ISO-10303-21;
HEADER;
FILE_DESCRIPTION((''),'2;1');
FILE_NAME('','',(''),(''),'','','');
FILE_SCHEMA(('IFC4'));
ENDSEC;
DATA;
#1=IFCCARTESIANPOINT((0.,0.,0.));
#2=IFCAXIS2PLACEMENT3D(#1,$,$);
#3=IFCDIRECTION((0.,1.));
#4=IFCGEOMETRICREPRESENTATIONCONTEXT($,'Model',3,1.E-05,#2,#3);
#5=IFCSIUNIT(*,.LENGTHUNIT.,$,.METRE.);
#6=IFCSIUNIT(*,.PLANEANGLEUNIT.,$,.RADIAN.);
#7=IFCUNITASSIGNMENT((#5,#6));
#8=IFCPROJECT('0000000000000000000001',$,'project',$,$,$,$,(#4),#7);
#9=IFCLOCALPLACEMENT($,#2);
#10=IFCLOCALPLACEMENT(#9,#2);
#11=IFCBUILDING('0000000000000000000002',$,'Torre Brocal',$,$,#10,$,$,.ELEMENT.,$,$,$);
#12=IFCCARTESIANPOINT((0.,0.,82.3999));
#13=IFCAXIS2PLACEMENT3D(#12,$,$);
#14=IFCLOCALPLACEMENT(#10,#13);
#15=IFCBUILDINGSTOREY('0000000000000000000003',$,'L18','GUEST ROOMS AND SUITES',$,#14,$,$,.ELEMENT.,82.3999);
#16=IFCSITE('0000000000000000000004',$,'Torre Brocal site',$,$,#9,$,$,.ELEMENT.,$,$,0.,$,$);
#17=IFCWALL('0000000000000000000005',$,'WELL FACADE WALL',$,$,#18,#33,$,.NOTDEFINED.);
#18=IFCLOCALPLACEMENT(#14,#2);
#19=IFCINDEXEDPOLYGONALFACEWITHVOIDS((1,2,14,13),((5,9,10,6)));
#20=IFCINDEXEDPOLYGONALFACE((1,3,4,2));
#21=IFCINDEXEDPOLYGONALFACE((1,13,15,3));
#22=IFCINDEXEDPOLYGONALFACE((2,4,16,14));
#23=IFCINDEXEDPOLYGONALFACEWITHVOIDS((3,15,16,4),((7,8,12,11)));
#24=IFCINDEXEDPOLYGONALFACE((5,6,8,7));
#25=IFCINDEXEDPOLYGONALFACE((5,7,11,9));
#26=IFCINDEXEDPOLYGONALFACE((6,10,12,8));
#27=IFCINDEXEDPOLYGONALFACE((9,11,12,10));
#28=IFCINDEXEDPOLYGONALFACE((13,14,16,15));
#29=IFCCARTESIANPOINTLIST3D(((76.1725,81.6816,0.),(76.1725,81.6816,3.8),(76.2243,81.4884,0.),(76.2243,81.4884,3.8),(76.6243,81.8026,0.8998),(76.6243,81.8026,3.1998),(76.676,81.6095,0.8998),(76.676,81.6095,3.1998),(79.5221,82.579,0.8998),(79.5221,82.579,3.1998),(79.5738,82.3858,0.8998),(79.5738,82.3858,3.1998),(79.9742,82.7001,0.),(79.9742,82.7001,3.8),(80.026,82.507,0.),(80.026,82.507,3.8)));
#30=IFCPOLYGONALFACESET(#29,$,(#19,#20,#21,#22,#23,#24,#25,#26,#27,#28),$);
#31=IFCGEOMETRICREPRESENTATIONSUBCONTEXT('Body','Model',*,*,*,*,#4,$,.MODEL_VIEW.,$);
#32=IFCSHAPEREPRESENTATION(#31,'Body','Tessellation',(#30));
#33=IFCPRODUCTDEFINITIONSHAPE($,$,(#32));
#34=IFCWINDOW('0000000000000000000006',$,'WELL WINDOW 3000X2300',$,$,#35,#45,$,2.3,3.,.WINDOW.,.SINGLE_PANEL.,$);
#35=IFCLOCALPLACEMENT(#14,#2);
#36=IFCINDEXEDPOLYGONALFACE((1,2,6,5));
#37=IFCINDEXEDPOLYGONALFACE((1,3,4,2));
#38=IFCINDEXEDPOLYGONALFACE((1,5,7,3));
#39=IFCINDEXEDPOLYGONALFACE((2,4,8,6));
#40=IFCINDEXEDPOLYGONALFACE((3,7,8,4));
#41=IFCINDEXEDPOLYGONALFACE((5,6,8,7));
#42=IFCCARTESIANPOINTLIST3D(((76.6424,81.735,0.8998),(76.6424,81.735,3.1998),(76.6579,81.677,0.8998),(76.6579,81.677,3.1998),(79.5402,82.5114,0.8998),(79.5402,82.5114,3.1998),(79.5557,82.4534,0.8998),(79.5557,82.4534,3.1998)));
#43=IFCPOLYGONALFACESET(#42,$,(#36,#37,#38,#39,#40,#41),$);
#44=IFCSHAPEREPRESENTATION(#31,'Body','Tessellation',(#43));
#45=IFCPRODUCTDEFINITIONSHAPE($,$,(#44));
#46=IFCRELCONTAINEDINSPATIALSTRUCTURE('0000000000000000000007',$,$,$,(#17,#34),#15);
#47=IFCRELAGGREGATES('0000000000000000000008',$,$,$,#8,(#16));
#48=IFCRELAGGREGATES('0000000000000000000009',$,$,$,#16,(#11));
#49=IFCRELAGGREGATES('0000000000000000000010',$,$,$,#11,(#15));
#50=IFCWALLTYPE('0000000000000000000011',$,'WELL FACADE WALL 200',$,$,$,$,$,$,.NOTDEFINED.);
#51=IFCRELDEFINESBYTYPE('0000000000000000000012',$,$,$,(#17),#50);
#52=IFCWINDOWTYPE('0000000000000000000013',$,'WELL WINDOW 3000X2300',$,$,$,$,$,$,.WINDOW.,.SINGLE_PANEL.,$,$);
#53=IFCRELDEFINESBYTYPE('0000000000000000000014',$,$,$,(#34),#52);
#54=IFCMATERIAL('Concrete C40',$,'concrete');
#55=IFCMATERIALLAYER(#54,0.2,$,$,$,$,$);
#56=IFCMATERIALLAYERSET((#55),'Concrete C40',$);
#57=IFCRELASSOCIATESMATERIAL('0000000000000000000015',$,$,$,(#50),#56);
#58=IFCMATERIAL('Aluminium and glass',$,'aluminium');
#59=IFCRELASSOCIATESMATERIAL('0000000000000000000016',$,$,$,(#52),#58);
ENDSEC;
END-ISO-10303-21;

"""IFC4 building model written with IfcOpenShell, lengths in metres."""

from ifc_helpers import new_model, si_unit, direction, frame, frame_2d, origin, place, context, subcontext, project, spatial, rectangle, extrude, material, layer, layer_set, type_object, element, fill, save


model = new_model("IFC4")

# Units and contexts
model_context = context("Model", 3, precision=1e-05, world=origin(), true_north=direction((0.0, 1.0)))
body_context = subcontext(model_context, "Body", "Model", "MODEL_VIEW")
ifc_project = project(units=[si_unit("LENGTHUNIT", "METRE"), si_unit("PLANEANGLEUNIT", "RADIAN")], contexts=[model_context])

# Site, building, storey
site_placement = place(None, origin())
site = spatial("IfcSite", under=ifc_project, at=site_placement, Name="Torre Brocal site", CompositionType="ELEMENT", RefElevation=0.0)
building_placement = place(site_placement, origin())
building = spatial("IfcBuilding", under=site, at=building_placement, Name="Torre Brocal", CompositionType="ELEMENT")
storey_placement = place(building_placement, frame((0.0, 0.0, 82.3999)))
storey = spatial("IfcBuildingStorey", under=building, at=storey_placement, Name="L18", Description="GUEST ROOMS AND SUITES", CompositionType="ELEMENT", Elevation=82.3999)

# Wall, opening, window
ifc_material_1 = material(Name="Concrete C40", Category="concrete")
ifc_layer_1 = layer(ifc_material_1, 0.2)
ifc_layer_set_1 = layer_set([ifc_layer_1], Name="Concrete C40")
wall_type_1 = type_object("IfcWallType", Name="WELL FACADE WALL 200", PredefinedType="NOTDEFINED", material=ifc_layer_set_1)
wall_1_placement = place(storey_placement, frame((80.0, 82.6035, 0.0), z_axis=(0.0, 0.0, 1.0), x_axis=(-0.965934, -0.25879, 0.0)))
wall_1 = element("IfcWall", 1, at=wall_1_placement, inside=storey, type_object=wall_type_1, Name="WELL FACADE WALL", PredefinedType="NOTDEFINED", context=body_context, shape_type="SweptSolid", body=[
    extrude(rectangle(XDim=3.9358, YDim=0.2, at=frame_2d((1.9678, 0.0))), origin(), (0.0, 0.0, 1.0), 3.8),
])
opening_1_placement = place(wall_1_placement, frame((0.468, 0.0, 0.8999)))
opening_1 = element("IfcOpeningElement", 2, at=opening_1_placement, cuts=wall_1, PredefinedType="OPENING", context=body_context, shape_type="SweptSolid", body=[
    extrude(rectangle(XDim=3.0, YDim=2.3, at=frame_2d((1.5, 1.1499))), frame((0.0, 0.1099, 0.0), z_axis=(0.0, -1.0, 0.0), x_axis=(1.0, 0.0, 0.0)), (0.0, 0.0, 1.0), 0.22),
])
ifc_material_2 = material(Name="Aluminium and glass", Category="aluminium")
window_type = type_object("IfcWindowType", Name="WELL WINDOW 3000X2300", PartitioningType="SINGLE_PANEL", PredefinedType="WINDOW", material=ifc_material_2)
window_placement = place(opening_1_placement, origin())
window = element("IfcWindow", 3, at=window_placement, inside=storey, type_object=window_type, Name="WELL WINDOW 3000X2300", OverallHeight=2.3, OverallWidth=3.0, PartitioningType="SINGLE_PANEL", PredefinedType="WINDOW", context=body_context, shape_type="SweptSolid", body=[
    extrude(rectangle(XDim=3.0, YDim=2.3, at=frame_2d((1.5, 1.1499))), frame((0.0, 0.03, 0.0), z_axis=(0.0, -1.0, 0.0), x_axis=(1.0, 0.0, 0.0)), (0.0, 0.0, 1.0), 0.0601),
])
fill(opening_1, window)

save(model, "model.ifc")
